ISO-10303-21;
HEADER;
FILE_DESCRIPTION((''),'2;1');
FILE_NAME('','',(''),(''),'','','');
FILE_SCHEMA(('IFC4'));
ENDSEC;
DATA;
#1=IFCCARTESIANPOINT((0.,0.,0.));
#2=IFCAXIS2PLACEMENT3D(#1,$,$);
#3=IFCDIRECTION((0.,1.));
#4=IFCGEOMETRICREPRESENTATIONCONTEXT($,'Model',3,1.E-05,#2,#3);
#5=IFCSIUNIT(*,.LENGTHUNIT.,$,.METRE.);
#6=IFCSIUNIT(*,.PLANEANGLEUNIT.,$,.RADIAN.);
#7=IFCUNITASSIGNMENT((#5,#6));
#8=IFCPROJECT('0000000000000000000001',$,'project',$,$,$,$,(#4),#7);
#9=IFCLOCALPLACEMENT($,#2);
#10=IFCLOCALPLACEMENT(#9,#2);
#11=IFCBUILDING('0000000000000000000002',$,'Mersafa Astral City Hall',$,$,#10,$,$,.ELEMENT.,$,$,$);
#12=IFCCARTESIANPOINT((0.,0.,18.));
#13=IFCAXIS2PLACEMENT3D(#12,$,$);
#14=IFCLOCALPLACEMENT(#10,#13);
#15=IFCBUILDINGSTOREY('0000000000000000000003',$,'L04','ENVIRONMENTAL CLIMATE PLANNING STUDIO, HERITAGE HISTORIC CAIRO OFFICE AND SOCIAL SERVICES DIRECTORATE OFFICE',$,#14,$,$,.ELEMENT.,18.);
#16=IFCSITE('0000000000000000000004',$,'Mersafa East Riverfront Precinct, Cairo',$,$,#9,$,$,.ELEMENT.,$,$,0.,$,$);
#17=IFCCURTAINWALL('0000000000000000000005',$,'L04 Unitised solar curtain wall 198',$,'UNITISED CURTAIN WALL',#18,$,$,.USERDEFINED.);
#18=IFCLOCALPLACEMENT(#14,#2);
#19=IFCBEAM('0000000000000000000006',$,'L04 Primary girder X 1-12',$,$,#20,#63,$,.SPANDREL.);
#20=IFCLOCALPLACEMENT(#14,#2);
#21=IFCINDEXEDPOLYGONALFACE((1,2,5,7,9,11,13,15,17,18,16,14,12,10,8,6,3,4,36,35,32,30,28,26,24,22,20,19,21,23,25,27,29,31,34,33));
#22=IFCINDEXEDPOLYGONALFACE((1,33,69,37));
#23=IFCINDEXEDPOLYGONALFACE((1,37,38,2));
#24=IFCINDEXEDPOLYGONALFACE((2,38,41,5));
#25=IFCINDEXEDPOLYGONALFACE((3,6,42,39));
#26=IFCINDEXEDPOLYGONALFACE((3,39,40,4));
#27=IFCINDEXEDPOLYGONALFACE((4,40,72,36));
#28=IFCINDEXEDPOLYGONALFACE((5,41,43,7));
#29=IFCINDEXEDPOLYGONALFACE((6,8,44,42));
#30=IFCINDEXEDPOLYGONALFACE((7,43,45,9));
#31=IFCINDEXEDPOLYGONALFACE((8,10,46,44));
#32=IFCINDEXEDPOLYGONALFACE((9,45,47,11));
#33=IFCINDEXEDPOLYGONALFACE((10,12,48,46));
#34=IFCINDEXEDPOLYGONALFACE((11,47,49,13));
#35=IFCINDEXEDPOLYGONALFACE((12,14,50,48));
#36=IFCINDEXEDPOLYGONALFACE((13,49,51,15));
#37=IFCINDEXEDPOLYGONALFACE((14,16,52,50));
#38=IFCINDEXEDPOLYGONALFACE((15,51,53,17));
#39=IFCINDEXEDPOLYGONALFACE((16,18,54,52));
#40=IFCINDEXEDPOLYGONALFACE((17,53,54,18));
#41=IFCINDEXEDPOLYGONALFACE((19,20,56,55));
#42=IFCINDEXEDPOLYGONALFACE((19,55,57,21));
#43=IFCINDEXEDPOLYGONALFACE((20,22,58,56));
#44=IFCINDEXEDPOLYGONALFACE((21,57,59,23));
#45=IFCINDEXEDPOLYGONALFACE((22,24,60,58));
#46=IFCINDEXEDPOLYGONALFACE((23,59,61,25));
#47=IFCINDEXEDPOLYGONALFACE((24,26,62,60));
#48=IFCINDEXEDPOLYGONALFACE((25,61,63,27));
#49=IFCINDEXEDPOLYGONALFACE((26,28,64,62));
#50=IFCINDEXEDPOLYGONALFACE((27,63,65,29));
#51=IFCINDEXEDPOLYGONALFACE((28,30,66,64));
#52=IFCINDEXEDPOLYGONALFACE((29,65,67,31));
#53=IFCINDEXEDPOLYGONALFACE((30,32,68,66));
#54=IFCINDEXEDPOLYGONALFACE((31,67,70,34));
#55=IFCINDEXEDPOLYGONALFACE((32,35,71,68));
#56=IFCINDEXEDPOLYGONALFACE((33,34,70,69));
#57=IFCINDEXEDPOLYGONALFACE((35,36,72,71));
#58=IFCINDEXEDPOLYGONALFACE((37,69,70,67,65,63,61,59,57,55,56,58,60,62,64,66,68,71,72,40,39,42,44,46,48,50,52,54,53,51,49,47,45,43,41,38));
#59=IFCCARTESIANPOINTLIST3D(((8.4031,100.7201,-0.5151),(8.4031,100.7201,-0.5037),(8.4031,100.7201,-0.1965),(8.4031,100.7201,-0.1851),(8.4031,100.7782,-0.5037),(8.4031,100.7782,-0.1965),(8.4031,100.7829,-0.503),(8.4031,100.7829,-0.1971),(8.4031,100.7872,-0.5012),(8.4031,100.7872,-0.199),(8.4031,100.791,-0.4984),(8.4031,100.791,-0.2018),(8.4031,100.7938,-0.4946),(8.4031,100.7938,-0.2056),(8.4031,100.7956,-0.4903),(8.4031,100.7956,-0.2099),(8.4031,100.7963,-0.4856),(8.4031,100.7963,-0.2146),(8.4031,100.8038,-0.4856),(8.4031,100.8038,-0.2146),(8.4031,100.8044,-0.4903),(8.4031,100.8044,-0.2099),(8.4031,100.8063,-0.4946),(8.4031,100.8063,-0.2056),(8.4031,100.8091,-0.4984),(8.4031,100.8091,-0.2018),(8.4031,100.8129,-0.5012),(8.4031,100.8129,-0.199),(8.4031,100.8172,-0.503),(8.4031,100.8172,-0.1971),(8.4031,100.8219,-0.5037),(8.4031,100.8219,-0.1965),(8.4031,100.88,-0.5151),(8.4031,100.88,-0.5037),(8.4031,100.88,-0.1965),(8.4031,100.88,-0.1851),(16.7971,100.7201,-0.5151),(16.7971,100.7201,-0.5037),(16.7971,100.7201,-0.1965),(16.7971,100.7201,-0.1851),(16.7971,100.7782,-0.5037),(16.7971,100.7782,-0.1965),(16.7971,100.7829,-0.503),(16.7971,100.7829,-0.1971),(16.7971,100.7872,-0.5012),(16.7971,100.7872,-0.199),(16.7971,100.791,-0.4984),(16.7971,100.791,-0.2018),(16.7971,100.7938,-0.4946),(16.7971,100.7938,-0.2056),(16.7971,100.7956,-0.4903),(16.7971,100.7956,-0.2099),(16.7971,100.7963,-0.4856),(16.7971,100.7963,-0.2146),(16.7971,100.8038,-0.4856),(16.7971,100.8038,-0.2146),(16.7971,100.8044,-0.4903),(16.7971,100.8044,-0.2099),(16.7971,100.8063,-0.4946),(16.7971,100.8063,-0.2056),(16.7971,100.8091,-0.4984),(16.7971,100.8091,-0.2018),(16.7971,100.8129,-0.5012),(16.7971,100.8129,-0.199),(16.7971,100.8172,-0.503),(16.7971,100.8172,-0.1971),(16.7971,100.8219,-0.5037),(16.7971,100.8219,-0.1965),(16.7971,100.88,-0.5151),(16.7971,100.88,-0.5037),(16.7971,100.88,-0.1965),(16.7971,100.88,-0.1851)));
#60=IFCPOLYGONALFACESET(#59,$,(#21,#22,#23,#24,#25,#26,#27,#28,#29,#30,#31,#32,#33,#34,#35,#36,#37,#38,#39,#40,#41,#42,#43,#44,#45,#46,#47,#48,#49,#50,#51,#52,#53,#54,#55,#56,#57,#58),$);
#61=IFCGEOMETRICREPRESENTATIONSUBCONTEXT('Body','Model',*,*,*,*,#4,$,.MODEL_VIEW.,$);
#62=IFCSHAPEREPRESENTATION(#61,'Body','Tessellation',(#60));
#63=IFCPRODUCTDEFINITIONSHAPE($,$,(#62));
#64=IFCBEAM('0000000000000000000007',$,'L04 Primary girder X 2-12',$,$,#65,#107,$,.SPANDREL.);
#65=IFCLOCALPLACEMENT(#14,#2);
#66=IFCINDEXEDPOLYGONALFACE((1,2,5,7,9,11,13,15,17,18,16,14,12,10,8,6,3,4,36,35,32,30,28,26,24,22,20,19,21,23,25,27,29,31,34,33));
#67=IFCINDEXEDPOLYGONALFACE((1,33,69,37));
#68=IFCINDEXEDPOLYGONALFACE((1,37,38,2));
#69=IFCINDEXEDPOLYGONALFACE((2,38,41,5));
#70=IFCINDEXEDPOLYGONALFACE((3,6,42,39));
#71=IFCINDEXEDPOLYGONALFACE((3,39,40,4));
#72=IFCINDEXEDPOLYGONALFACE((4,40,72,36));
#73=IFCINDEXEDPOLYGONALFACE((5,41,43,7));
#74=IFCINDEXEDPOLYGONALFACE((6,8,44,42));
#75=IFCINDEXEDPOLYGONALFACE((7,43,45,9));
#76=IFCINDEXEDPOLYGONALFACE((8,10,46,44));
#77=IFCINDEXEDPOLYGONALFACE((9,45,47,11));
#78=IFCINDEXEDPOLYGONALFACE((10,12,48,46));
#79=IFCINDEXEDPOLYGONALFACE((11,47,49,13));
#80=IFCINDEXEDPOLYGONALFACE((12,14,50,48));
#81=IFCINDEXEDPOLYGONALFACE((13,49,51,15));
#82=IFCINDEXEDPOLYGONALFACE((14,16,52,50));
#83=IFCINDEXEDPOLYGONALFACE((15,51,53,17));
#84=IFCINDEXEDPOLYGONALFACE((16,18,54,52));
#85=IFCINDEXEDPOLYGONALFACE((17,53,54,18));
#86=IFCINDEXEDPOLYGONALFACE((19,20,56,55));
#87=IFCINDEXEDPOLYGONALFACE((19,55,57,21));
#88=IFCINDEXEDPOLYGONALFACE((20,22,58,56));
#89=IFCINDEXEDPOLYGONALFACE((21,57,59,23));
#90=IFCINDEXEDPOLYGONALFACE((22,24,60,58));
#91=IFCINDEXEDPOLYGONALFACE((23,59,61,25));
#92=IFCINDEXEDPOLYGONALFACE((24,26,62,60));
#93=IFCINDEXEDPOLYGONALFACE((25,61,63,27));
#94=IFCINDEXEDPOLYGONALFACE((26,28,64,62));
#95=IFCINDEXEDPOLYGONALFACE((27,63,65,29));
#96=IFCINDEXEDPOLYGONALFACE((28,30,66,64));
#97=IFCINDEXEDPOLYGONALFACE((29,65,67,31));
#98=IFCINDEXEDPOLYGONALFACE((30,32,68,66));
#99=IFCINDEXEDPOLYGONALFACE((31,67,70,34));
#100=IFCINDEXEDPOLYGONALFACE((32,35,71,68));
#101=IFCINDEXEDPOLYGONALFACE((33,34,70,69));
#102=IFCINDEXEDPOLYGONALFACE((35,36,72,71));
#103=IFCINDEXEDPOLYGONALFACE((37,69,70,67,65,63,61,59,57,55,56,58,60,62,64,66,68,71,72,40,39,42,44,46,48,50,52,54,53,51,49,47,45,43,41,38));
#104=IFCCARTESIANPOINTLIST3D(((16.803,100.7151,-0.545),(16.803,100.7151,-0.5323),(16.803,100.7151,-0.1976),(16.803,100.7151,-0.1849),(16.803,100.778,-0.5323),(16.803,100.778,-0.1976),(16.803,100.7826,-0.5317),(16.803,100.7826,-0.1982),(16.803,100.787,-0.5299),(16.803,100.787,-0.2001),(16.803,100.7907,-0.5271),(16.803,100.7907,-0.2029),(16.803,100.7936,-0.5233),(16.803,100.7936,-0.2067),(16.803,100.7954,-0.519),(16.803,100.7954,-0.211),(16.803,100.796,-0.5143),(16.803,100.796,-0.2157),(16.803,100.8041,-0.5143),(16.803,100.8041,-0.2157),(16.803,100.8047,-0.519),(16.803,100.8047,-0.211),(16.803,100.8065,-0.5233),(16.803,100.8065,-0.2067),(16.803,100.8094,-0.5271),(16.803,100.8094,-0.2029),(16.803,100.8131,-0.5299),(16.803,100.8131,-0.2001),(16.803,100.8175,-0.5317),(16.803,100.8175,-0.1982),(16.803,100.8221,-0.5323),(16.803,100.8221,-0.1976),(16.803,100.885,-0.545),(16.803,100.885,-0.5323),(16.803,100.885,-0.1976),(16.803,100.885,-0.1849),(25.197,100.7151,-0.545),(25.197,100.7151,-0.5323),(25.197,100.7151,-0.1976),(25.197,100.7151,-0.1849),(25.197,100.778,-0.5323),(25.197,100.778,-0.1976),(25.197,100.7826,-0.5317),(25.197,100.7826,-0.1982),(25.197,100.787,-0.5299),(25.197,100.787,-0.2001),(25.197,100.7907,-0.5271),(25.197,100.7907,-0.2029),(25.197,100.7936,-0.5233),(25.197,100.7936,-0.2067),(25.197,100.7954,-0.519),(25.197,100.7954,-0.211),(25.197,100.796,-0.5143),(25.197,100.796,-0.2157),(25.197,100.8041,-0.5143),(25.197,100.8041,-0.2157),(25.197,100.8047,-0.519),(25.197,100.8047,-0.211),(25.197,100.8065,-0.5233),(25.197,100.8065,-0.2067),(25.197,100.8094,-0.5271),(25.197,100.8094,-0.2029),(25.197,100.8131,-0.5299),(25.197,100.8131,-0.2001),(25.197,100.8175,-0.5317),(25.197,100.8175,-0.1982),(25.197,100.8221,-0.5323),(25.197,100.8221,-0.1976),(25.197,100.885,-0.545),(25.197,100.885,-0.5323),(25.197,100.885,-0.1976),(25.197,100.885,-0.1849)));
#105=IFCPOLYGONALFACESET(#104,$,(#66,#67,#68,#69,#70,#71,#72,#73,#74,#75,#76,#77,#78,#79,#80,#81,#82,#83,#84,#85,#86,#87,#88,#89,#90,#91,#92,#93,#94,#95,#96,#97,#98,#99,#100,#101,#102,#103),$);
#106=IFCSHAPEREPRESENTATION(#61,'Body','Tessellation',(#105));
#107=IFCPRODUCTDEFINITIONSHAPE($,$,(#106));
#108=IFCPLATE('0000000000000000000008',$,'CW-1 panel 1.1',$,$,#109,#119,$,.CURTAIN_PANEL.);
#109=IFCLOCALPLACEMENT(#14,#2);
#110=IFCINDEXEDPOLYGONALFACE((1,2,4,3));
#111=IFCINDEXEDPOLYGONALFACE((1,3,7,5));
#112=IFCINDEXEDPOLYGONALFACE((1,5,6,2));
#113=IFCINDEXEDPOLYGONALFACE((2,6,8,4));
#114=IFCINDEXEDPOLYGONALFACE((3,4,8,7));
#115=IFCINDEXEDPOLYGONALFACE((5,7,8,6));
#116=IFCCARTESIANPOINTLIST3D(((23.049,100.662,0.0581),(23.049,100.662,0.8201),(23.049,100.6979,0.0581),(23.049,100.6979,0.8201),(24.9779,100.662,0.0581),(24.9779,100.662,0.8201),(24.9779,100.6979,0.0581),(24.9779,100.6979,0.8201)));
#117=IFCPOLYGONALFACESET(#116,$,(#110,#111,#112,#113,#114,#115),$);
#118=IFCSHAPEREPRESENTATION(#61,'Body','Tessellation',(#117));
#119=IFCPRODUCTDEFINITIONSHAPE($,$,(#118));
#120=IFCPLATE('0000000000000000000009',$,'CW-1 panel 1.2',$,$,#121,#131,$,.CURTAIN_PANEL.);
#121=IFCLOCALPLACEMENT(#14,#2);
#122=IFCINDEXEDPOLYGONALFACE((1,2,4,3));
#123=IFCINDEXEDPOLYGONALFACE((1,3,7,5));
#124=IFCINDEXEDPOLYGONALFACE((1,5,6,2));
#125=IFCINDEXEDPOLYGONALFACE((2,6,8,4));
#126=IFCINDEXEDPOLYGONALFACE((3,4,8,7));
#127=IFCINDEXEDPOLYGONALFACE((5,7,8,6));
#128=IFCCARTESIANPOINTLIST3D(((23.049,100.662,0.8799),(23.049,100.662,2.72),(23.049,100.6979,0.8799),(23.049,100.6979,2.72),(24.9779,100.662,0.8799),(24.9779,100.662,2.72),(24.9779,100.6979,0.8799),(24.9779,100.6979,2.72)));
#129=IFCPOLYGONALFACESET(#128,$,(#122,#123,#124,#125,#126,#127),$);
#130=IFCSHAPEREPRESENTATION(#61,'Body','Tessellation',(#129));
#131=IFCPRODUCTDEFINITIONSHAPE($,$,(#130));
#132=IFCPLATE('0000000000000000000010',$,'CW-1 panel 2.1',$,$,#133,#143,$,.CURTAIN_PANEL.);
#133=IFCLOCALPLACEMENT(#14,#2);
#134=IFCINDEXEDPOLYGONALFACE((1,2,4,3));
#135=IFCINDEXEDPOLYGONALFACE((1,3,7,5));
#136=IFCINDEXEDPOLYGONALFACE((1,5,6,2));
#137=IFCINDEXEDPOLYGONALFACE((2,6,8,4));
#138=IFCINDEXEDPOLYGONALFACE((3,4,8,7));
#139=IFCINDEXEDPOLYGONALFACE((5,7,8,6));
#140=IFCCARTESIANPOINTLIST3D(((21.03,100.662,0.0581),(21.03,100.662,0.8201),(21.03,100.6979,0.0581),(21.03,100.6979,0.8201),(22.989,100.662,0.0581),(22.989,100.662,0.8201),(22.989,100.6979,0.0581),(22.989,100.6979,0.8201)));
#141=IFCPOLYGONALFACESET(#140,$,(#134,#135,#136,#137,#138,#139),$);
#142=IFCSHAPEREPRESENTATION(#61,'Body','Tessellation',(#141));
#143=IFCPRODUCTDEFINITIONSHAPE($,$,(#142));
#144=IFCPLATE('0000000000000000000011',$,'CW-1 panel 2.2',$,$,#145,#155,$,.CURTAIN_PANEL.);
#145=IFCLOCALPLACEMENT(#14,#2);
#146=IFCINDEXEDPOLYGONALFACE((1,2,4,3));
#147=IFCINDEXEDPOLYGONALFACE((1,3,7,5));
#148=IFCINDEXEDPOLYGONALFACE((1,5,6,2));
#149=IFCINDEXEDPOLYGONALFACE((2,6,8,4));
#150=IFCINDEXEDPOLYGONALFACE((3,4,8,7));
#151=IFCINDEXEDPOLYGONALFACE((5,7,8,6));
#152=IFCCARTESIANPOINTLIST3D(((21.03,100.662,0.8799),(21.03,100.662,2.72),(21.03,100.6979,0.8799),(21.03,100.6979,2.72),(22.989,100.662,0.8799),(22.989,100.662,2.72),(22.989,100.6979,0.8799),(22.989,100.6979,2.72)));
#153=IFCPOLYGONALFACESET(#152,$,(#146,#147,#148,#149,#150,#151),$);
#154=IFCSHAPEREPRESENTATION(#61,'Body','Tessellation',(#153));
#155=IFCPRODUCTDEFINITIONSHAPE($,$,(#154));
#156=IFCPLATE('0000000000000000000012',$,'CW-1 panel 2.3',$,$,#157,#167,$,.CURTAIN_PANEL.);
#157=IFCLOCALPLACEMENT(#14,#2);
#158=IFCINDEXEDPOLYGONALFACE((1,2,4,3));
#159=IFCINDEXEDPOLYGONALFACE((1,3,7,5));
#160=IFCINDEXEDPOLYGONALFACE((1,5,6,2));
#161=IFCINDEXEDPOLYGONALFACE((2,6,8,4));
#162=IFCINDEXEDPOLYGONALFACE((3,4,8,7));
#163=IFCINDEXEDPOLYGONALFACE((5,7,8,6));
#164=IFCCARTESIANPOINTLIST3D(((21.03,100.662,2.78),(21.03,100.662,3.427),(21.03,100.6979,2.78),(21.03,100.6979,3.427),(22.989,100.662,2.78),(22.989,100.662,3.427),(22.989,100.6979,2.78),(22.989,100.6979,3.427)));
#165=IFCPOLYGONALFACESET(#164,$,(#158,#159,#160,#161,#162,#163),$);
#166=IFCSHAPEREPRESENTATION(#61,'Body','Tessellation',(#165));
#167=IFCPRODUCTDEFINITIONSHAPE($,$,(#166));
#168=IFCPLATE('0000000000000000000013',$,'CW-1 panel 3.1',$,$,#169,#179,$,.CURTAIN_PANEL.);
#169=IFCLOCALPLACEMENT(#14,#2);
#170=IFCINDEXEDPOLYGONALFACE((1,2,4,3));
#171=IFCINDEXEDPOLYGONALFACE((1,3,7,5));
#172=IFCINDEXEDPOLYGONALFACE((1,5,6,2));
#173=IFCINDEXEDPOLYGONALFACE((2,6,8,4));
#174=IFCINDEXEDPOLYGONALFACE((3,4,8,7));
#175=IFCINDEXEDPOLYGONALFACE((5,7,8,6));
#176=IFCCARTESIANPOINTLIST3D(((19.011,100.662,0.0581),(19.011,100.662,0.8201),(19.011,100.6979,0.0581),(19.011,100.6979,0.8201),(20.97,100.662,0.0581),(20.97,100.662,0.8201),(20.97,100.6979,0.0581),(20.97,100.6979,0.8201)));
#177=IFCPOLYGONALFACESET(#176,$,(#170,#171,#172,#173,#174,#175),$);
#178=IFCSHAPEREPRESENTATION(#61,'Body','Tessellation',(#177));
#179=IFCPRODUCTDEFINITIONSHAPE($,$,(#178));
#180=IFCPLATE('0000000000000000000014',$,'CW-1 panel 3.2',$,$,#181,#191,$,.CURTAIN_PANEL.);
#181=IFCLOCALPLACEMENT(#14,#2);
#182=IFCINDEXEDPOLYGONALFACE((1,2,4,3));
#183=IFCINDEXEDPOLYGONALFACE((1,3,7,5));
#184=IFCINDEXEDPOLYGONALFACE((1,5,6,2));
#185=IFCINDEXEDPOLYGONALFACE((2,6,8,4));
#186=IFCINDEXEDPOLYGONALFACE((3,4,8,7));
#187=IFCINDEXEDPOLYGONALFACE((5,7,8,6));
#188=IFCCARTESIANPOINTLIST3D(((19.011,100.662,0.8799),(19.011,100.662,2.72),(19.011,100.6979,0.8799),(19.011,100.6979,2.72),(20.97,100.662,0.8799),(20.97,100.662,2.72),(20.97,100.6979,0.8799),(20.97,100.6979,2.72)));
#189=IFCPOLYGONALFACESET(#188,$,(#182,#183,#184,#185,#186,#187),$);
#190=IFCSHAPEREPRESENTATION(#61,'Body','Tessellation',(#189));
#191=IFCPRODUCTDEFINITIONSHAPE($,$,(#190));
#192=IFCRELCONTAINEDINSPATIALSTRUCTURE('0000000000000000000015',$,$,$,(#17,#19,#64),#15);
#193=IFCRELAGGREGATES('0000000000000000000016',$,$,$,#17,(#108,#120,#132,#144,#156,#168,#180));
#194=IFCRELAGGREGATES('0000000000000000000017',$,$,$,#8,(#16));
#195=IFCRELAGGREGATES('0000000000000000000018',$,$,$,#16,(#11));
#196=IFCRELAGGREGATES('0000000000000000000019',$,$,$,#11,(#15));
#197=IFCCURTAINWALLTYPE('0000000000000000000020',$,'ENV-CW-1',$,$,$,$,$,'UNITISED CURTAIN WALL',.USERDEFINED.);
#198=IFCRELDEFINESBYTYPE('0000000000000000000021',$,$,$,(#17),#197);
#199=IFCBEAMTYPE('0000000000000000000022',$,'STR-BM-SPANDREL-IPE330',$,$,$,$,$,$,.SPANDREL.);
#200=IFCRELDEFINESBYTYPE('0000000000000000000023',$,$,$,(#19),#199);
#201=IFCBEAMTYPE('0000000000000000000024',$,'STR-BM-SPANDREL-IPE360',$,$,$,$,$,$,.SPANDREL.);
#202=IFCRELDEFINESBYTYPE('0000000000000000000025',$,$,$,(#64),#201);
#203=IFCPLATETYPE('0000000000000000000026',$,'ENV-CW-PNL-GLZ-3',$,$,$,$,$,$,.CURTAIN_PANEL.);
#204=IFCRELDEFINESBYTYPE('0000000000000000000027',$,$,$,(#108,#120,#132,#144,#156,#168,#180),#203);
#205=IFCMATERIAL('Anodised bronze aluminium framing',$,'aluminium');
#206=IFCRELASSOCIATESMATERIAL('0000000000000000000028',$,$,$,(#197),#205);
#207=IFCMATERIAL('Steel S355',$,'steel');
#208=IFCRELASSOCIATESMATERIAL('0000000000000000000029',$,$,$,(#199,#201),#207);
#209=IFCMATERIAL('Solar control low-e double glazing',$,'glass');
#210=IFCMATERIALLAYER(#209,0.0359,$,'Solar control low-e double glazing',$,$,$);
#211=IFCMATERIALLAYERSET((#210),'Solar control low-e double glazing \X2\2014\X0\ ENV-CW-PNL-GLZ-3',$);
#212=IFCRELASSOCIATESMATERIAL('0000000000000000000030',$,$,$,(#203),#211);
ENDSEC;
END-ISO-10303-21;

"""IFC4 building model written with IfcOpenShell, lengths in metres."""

from ifc_helpers import new_model, si_unit, direction, frame, origin, origin_2d, place, context, subcontext, project, spatial, rectangle, i_section, extrude, material, layer, layer_set, material_profile, profile_set, type_object, element, aggregate, save


model = new_model("IFC4")

# Units and contexts
model_context = context("Model", 3, precision=1e-05, world=origin(), true_north=direction((0.0, 1.0)))
body_context = subcontext(model_context, "Body", "Model", "MODEL_VIEW")
ifc_project = project(units=[si_unit("LENGTHUNIT", "METRE"), si_unit("PLANEANGLEUNIT", "RADIAN")], contexts=[model_context])

# Site, building, storey
site_placement = place(None, origin())
site = spatial("IfcSite", under=ifc_project, at=site_placement, Name="Mersafa East Riverfront Precinct, Cairo", CompositionType="ELEMENT", RefElevation=0.0)
building_placement = place(site_placement, origin())
building = spatial("IfcBuilding", under=site, at=building_placement, Name="Mersafa Astral City Hall", CompositionType="ELEMENT")
storey_placement = place(building_placement, frame((0.0, 0.0, 18.0)))
storey = spatial("IfcBuildingStorey", under=building, at=storey_placement, Name="L04", Description="ENVIRONMENTAL CLIMATE PLANNING STUDIO, HERITAGE HISTORIC CAIRO OFFICE AND SOCIAL SERVICES DIRECTORATE OFFICE", CompositionType="ELEMENT", Elevation=18.0)

# Shared definitions
ifc_material_1 = material(Name="Steel S355", Category="steel")

# Curtain wall
ifc_material_2 = material(Name="Anodised bronze aluminium framing", Category="aluminium")
curtain_wall_type = type_object("IfcCurtainWallType", Name="ENV-CW-1", ElementType="UNITISED CURTAIN WALL", PredefinedType="USERDEFINED", material=ifc_material_2)
curtain_wall_placement = place(storey_placement, origin())
curtain_wall = element("IfcCurtainWall", 1, at=curtain_wall_placement, inside=storey, type_object=curtain_wall_type, Name="L04 Unitised solar curtain wall 198", ObjectType="UNITISED CURTAIN WALL", PredefinedType="USERDEFINED")

# Beams
ifc_material_profile_1 = material_profile(ifc_material_1, i_section(OverallWidth=0.1599, OverallDepth=0.3301, WebThickness=0.0076, FlangeThickness=0.0115, FilletRadius=0.0181, at=origin_2d()), Name="IPE 330")
ifc_profile_set_1 = profile_set([ifc_material_profile_1], Name="Steel S355")
beam_type_1 = type_object("IfcBeamType", Name="STR-BM-SPANDREL-IPE330", PredefinedType="SPANDREL", material=ifc_profile_set_1)
beam_1_placement = place(storey_placement, frame((8.4031, 100.8, -0.3501), z_axis=(1.0, 0.0, 0.0), x_axis=(0.0, 1.0, 0.0)))
element("IfcBeam", 2, at=beam_1_placement, inside=storey, type_object=beam_type_1, Name="L04 Primary girder X 1-12", PredefinedType="SPANDREL", context=body_context, shape_type="SweptSolid", body=[
    extrude(i_section(OverallWidth=0.1599, OverallDepth=0.3301, WebThickness=0.0076, FlangeThickness=0.0115, FilletRadius=0.0181, at=origin_2d()), origin(), (0.0, 0.0, 1.0), 8.394),
])
ifc_material_profile_2 = material_profile(ifc_material_1, i_section(OverallWidth=0.1699, OverallDepth=0.3601, WebThickness=0.0081, FlangeThickness=0.0127, FilletRadius=0.0181, at=origin_2d()), Name="IPE 360")
ifc_profile_set_2 = profile_set([ifc_material_profile_2], Name="Steel S355")
beam_type_2 = type_object("IfcBeamType", Name="STR-BM-SPANDREL-IPE360", PredefinedType="SPANDREL", material=ifc_profile_set_2)
beam_2_placement = place(storey_placement, frame((16.803, 100.8, -0.365), z_axis=(1.0, 0.0, 0.0), x_axis=(0.0, 1.0, 0.0)))
element("IfcBeam", 3, at=beam_2_placement, inside=storey, type_object=beam_type_2, Name="L04 Primary girder X 2-12", PredefinedType="SPANDREL", context=body_context, shape_type="SweptSolid", body=[
    extrude(i_section(OverallWidth=0.1699, OverallDepth=0.3601, WebThickness=0.0081, FlangeThickness=0.0127, FilletRadius=0.0181, at=origin_2d()), origin(), (0.0, 0.0, 1.0), 8.394),
])

# Plates
ifc_material_3 = material(Name="Solar control low-e double glazing", Category="glass")
ifc_layer_1 = layer(ifc_material_3, 0.0359, Name="Solar control low-e double glazing")
ifc_layer_set_1 = layer_set([ifc_layer_1], Name="Solar control low-e double glazing — ENV-CW-PNL-GLZ-3")
plate_type = type_object("IfcPlateType", Name="ENV-CW-PNL-GLZ-3", PredefinedType="CURTAIN_PANEL", material=ifc_layer_set_1)
plate_1_placement = place(storey_placement, frame((24.0134, 100.6799, 0.0581), z_axis=(0.0, 0.0, 1.0), x_axis=(-1.0, 0.0, 0.0)))
plate_1 = element("IfcPlate", 4, at=plate_1_placement, type_object=plate_type, Name="CW-1 panel 1.1", PredefinedType="CURTAIN_PANEL", context=body_context, shape_type="SweptSolid", body=[
    extrude(rectangle(XDim=1.929, YDim=0.0359, at=origin_2d()), origin(), (0.0, 0.0, 1.0), 0.762),
])
plate_2_placement = place(storey_placement, frame((24.0134, 100.6799, 0.8799), z_axis=(0.0, 0.0, 1.0), x_axis=(-1.0, 0.0, 0.0)))
plate_2 = element("IfcPlate", 5, at=plate_2_placement, type_object=plate_type, Name="CW-1 panel 1.2", PredefinedType="CURTAIN_PANEL", context=body_context, shape_type="SweptSolid", body=[
    extrude(rectangle(XDim=1.929, YDim=0.0359, at=origin_2d()), origin(), (0.0, 0.0, 1.0), 1.8401),
])
plate_3_placement = place(storey_placement, frame((22.0095, 100.6799, 0.0581), z_axis=(0.0, 0.0, 1.0), x_axis=(-1.0, 0.0, 0.0)))
plate_3 = element("IfcPlate", 6, at=plate_3_placement, type_object=plate_type, Name="CW-1 panel 2.1", PredefinedType="CURTAIN_PANEL", context=body_context, shape_type="SweptSolid", body=[
    extrude(rectangle(XDim=1.959, YDim=0.0359, at=origin_2d()), origin(), (0.0, 0.0, 1.0), 0.762),
])
plate_4_placement = place(storey_placement, frame((22.0095, 100.6799, 0.8799), z_axis=(0.0, 0.0, 1.0), x_axis=(-1.0, 0.0, 0.0)))
plate_4 = element("IfcPlate", 7, at=plate_4_placement, type_object=plate_type, Name="CW-1 panel 2.2", PredefinedType="CURTAIN_PANEL", context=body_context, shape_type="SweptSolid", body=[
    extrude(rectangle(XDim=1.959, YDim=0.0359, at=origin_2d()), origin(), (0.0, 0.0, 1.0), 1.8401),
])
plate_5_placement = place(storey_placement, frame((22.0095, 100.6799, 2.78), z_axis=(0.0, 0.0, 1.0), x_axis=(-1.0, 0.0, 0.0)))
plate_5 = element("IfcPlate", 8, at=plate_5_placement, type_object=plate_type, Name="CW-1 panel 2.3", PredefinedType="CURTAIN_PANEL", context=body_context, shape_type="SweptSolid", body=[
    extrude(rectangle(XDim=1.959, YDim=0.0359, at=origin_2d()), origin(), (0.0, 0.0, 1.0), 0.647),
])
plate_6_placement = place(storey_placement, frame((19.9905, 100.6799, 0.0581), z_axis=(0.0, 0.0, 1.0), x_axis=(-1.0, 0.0, 0.0)))
plate_6 = element("IfcPlate", 9, at=plate_6_placement, type_object=plate_type, Name="CW-1 panel 3.1", PredefinedType="CURTAIN_PANEL", context=body_context, shape_type="SweptSolid", body=[
    extrude(rectangle(XDim=1.959, YDim=0.0359, at=origin_2d()), origin(), (0.0, 0.0, 1.0), 0.762),
])
plate_7_placement = place(storey_placement, frame((19.9905, 100.6799, 0.8799), z_axis=(0.0, 0.0, 1.0), x_axis=(-1.0, 0.0, 0.0)))
plate_7 = element("IfcPlate", 10, at=plate_7_placement, type_object=plate_type, Name="CW-1 panel 3.2", PredefinedType="CURTAIN_PANEL", context=body_context, shape_type="SweptSolid", body=[
    extrude(rectangle(XDim=1.959, YDim=0.0359, at=origin_2d()), origin(), (0.0, 0.0, 1.0), 1.8401),
])
aggregate(curtain_wall, [plate_1, plate_2, plate_3, plate_4, plate_5, plate_6, plate_7])

save(model, "model.ifc")
